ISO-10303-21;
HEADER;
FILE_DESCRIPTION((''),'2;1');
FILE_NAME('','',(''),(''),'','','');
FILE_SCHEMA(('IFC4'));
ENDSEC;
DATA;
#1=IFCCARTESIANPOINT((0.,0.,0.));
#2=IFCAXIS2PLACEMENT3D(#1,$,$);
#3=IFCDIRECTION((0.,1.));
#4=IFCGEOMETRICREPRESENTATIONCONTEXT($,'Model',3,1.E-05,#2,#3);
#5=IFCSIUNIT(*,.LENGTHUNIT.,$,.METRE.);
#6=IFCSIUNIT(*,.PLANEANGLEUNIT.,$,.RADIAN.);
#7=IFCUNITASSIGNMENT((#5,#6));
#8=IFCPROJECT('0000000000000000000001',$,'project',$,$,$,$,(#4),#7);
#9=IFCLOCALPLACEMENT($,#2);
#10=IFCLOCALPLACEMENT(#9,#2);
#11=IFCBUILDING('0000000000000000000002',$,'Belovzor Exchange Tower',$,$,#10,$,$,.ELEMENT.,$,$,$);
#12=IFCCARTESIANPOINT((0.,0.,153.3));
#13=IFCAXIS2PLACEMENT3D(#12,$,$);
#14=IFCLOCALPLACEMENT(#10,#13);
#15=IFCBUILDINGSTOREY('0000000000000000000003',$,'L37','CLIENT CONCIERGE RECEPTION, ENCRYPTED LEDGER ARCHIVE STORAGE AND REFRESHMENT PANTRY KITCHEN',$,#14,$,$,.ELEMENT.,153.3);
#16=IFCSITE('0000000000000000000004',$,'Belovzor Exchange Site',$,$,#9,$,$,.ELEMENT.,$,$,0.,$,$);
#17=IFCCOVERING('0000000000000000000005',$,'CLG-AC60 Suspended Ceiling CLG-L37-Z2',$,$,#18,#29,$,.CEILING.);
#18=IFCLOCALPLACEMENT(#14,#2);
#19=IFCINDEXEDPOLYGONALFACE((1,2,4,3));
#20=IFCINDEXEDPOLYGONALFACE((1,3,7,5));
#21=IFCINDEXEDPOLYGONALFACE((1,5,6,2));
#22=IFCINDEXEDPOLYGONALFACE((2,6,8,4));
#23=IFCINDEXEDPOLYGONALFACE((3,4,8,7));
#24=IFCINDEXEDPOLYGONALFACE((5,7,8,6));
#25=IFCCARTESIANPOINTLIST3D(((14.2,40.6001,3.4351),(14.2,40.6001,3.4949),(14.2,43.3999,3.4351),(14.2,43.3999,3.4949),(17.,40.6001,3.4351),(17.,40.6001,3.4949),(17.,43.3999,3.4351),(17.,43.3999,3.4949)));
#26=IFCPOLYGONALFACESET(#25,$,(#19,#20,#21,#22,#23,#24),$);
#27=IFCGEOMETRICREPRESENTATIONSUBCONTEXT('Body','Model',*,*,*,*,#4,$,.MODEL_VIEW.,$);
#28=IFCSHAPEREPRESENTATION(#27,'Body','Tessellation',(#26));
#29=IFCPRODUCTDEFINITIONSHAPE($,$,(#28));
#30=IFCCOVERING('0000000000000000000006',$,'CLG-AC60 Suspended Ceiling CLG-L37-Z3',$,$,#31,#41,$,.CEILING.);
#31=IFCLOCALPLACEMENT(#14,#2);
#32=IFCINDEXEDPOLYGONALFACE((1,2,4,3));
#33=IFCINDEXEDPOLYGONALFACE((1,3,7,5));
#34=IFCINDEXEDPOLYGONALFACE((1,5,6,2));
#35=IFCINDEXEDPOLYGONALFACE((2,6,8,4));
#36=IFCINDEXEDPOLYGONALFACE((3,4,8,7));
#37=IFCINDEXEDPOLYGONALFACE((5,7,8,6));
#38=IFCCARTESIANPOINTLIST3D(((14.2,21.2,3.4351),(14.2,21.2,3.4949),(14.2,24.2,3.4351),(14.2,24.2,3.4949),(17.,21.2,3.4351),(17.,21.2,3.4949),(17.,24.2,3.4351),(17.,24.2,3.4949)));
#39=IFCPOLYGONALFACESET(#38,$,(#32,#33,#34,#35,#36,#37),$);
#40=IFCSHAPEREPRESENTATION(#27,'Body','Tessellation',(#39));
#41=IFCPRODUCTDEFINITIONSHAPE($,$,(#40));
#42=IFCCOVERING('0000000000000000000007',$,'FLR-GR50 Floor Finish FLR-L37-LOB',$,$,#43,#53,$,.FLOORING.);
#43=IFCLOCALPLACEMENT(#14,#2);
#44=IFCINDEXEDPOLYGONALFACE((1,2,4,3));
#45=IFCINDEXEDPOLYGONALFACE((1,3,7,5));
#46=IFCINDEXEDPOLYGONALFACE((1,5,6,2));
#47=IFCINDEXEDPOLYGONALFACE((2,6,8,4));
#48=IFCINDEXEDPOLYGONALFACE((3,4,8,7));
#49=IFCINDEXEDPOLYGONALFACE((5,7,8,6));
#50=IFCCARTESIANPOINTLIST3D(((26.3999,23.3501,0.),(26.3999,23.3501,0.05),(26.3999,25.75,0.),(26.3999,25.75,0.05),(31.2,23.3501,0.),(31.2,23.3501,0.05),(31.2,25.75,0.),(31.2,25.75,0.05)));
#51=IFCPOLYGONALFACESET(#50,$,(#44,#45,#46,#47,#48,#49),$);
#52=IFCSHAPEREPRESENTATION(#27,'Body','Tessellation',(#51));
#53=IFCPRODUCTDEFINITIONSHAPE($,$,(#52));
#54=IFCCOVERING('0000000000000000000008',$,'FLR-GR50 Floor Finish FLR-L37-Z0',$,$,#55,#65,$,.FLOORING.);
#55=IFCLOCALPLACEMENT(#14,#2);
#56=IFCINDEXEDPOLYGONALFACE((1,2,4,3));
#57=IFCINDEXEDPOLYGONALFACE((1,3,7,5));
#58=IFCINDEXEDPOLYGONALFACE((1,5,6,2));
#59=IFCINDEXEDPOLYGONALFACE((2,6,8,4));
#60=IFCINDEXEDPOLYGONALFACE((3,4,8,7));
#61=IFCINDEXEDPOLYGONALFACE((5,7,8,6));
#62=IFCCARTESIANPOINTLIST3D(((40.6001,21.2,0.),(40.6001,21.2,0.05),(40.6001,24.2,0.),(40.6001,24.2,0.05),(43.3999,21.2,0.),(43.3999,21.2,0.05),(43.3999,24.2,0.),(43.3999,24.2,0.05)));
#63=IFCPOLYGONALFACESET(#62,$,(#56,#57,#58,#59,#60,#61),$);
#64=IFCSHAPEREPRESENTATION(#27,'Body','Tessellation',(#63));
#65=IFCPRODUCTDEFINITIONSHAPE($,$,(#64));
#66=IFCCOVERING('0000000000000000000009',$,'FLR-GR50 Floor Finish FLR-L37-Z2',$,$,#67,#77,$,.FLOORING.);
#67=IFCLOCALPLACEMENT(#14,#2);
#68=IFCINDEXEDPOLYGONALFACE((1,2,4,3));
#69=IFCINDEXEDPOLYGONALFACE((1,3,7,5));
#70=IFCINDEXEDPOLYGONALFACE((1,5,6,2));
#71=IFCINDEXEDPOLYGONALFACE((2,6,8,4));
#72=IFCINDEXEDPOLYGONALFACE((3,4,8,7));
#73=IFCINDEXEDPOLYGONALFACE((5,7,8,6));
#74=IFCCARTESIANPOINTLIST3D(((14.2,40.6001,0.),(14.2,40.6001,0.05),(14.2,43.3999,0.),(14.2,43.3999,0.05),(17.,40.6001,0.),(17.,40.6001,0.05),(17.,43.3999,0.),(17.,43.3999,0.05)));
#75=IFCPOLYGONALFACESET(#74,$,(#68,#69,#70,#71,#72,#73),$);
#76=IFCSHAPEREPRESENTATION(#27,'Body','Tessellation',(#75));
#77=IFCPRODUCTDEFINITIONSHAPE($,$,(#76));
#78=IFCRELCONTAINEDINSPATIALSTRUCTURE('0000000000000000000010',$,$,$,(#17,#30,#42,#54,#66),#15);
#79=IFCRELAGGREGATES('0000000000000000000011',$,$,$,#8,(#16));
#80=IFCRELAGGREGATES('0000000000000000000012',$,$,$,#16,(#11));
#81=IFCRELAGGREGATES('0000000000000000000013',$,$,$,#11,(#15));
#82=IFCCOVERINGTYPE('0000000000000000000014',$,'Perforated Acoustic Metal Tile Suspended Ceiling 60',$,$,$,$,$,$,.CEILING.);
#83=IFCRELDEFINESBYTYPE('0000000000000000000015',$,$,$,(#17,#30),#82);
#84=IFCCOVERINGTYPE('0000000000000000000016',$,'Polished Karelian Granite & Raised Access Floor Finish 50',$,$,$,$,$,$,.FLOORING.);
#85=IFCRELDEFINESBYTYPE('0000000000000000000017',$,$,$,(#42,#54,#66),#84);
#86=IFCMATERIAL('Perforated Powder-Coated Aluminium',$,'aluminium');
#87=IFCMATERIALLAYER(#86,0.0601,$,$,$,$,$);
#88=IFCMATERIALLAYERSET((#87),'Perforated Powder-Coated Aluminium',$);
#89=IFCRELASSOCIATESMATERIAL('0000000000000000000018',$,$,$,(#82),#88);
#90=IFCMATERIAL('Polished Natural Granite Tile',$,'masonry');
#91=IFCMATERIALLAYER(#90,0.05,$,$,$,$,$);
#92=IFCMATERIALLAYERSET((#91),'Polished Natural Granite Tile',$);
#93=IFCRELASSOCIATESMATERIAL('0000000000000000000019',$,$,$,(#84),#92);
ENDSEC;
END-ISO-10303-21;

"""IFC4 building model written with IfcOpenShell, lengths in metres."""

from ifc_helpers import new_model, si_unit, direction, frame, origin, place, context, subcontext, project, spatial, polyline, outline, extrude, material, layer, layer_set, type_object, element, save


model = new_model("IFC4")

# Units and contexts
model_context = context("Model", 3, precision=1e-05, world=origin(), true_north=direction((0.0, 1.0)))
body_context = subcontext(model_context, "Body", "Model", "MODEL_VIEW")
ifc_project = project(units=[si_unit("LENGTHUNIT", "METRE"), si_unit("PLANEANGLEUNIT", "RADIAN")], contexts=[model_context])

# Site, building, storey
site_placement = place(None, origin())
site = spatial("IfcSite", under=ifc_project, at=site_placement, Name="Belovzor Exchange Site", CompositionType="ELEMENT", RefElevation=0.0)
building_placement = place(site_placement, origin())
building = spatial("IfcBuilding", under=site, at=building_placement, Name="Belovzor Exchange Tower", CompositionType="ELEMENT")
storey_placement = place(building_placement, frame((0.0, 0.0, 153.3)))
storey = spatial("IfcBuildingStorey", under=building, at=storey_placement, Name="L37", Description="CLIENT CONCIERGE RECEPTION, ENCRYPTED LEDGER ARCHIVE STORAGE AND REFRESHMENT PANTRY KITCHEN", CompositionType="ELEMENT", Elevation=153.3)

# Coverings
ifc_material_1 = material(Name="Perforated Powder-Coated Aluminium", Category="aluminium")
ifc_layer_1 = layer(ifc_material_1, 0.0601)
ifc_layer_set_1 = layer_set([ifc_layer_1], Name="Perforated Powder-Coated Aluminium")
covering_type_1 = type_object("IfcCoveringType", Name="Perforated Acoustic Metal Tile Suspended Ceiling 60", PredefinedType="CEILING", material=ifc_layer_set_1)
covering_1_placement = place(storey_placement, frame((0.0, 0.0, 3.4351)))
element("IfcCovering", 1, at=covering_1_placement, inside=storey, type_object=covering_type_1, Name="CLG-AC60 Suspended Ceiling CLG-L37-Z2", PredefinedType="CEILING", context=body_context, shape_type="SweptSolid", body=[
    extrude(outline(polyline([(14.2, 40.6001), (17.0, 40.6001), (17.0, 43.3999), (14.2, 43.3999), (14.2, 40.6001)])), origin(), (0.0, 0.0, 1.0), 0.0598),
])
covering_2_placement = place(storey_placement, frame((0.0, 0.0, 3.4351)))
element("IfcCovering", 2, at=covering_2_placement, inside=storey, type_object=covering_type_1, Name="CLG-AC60 Suspended Ceiling CLG-L37-Z3", PredefinedType="CEILING", context=body_context, shape_type="SweptSolid", body=[
    extrude(outline(polyline([(14.2, 21.2), (17.0, 21.2), (17.0, 24.2), (14.2, 24.2), (14.2, 21.2)])), origin(), (0.0, 0.0, 1.0), 0.0598),
])
ifc_material_2 = material(Name="Polished Natural Granite Tile", Category="masonry")
ifc_layer_2 = layer(ifc_material_2, 0.05)
ifc_layer_set_2 = layer_set([ifc_layer_2], Name="Polished Natural Granite Tile")
covering_type_2 = type_object("IfcCoveringType", Name="Polished Karelian Granite & Raised Access Floor Finish 50", PredefinedType="FLOORING", material=ifc_layer_set_2)
covering_3_placement = place(storey_placement, origin())
element("IfcCovering", 3, at=covering_3_placement, inside=storey, type_object=covering_type_2, Name="FLR-GR50 Floor Finish FLR-L37-LOB", PredefinedType="FLOORING", context=body_context, shape_type="SweptSolid", body=[
    extrude(outline(polyline([(26.3999, 23.3501), (31.2, 23.3501), (31.2, 25.75), (26.3999, 25.75), (26.3999, 23.3501)])), origin(), (0.0, 0.0, 1.0), 0.05),
])
covering_4_placement = place(storey_placement, origin())
element("IfcCovering", 4, at=covering_4_placement, inside=storey, type_object=covering_type_2, Name="FLR-GR50 Floor Finish FLR-L37-Z0", PredefinedType="FLOORING", context=body_context, shape_type="SweptSolid", body=[
    extrude(outline(polyline([(40.6001, 21.2), (43.3999, 21.2), (43.3999, 24.2), (40.6001, 24.2), (40.6001, 21.2)])), origin(), (0.0, 0.0, 1.0), 0.05),
])
covering_5_placement = place(storey_placement, origin())
element("IfcCovering", 5, at=covering_5_placement, inside=storey, type_object=covering_type_2, Name="FLR-GR50 Floor Finish FLR-L37-Z2", PredefinedType="FLOORING", context=body_context, shape_type="SweptSolid", body=[
    extrude(outline(polyline([(14.2, 40.6001), (17.0, 40.6001), (17.0, 43.3999), (14.2, 43.3999), (14.2, 40.6001)])), origin(), (0.0, 0.0, 1.0), 0.05),
])

save(model, "model.ifc")
